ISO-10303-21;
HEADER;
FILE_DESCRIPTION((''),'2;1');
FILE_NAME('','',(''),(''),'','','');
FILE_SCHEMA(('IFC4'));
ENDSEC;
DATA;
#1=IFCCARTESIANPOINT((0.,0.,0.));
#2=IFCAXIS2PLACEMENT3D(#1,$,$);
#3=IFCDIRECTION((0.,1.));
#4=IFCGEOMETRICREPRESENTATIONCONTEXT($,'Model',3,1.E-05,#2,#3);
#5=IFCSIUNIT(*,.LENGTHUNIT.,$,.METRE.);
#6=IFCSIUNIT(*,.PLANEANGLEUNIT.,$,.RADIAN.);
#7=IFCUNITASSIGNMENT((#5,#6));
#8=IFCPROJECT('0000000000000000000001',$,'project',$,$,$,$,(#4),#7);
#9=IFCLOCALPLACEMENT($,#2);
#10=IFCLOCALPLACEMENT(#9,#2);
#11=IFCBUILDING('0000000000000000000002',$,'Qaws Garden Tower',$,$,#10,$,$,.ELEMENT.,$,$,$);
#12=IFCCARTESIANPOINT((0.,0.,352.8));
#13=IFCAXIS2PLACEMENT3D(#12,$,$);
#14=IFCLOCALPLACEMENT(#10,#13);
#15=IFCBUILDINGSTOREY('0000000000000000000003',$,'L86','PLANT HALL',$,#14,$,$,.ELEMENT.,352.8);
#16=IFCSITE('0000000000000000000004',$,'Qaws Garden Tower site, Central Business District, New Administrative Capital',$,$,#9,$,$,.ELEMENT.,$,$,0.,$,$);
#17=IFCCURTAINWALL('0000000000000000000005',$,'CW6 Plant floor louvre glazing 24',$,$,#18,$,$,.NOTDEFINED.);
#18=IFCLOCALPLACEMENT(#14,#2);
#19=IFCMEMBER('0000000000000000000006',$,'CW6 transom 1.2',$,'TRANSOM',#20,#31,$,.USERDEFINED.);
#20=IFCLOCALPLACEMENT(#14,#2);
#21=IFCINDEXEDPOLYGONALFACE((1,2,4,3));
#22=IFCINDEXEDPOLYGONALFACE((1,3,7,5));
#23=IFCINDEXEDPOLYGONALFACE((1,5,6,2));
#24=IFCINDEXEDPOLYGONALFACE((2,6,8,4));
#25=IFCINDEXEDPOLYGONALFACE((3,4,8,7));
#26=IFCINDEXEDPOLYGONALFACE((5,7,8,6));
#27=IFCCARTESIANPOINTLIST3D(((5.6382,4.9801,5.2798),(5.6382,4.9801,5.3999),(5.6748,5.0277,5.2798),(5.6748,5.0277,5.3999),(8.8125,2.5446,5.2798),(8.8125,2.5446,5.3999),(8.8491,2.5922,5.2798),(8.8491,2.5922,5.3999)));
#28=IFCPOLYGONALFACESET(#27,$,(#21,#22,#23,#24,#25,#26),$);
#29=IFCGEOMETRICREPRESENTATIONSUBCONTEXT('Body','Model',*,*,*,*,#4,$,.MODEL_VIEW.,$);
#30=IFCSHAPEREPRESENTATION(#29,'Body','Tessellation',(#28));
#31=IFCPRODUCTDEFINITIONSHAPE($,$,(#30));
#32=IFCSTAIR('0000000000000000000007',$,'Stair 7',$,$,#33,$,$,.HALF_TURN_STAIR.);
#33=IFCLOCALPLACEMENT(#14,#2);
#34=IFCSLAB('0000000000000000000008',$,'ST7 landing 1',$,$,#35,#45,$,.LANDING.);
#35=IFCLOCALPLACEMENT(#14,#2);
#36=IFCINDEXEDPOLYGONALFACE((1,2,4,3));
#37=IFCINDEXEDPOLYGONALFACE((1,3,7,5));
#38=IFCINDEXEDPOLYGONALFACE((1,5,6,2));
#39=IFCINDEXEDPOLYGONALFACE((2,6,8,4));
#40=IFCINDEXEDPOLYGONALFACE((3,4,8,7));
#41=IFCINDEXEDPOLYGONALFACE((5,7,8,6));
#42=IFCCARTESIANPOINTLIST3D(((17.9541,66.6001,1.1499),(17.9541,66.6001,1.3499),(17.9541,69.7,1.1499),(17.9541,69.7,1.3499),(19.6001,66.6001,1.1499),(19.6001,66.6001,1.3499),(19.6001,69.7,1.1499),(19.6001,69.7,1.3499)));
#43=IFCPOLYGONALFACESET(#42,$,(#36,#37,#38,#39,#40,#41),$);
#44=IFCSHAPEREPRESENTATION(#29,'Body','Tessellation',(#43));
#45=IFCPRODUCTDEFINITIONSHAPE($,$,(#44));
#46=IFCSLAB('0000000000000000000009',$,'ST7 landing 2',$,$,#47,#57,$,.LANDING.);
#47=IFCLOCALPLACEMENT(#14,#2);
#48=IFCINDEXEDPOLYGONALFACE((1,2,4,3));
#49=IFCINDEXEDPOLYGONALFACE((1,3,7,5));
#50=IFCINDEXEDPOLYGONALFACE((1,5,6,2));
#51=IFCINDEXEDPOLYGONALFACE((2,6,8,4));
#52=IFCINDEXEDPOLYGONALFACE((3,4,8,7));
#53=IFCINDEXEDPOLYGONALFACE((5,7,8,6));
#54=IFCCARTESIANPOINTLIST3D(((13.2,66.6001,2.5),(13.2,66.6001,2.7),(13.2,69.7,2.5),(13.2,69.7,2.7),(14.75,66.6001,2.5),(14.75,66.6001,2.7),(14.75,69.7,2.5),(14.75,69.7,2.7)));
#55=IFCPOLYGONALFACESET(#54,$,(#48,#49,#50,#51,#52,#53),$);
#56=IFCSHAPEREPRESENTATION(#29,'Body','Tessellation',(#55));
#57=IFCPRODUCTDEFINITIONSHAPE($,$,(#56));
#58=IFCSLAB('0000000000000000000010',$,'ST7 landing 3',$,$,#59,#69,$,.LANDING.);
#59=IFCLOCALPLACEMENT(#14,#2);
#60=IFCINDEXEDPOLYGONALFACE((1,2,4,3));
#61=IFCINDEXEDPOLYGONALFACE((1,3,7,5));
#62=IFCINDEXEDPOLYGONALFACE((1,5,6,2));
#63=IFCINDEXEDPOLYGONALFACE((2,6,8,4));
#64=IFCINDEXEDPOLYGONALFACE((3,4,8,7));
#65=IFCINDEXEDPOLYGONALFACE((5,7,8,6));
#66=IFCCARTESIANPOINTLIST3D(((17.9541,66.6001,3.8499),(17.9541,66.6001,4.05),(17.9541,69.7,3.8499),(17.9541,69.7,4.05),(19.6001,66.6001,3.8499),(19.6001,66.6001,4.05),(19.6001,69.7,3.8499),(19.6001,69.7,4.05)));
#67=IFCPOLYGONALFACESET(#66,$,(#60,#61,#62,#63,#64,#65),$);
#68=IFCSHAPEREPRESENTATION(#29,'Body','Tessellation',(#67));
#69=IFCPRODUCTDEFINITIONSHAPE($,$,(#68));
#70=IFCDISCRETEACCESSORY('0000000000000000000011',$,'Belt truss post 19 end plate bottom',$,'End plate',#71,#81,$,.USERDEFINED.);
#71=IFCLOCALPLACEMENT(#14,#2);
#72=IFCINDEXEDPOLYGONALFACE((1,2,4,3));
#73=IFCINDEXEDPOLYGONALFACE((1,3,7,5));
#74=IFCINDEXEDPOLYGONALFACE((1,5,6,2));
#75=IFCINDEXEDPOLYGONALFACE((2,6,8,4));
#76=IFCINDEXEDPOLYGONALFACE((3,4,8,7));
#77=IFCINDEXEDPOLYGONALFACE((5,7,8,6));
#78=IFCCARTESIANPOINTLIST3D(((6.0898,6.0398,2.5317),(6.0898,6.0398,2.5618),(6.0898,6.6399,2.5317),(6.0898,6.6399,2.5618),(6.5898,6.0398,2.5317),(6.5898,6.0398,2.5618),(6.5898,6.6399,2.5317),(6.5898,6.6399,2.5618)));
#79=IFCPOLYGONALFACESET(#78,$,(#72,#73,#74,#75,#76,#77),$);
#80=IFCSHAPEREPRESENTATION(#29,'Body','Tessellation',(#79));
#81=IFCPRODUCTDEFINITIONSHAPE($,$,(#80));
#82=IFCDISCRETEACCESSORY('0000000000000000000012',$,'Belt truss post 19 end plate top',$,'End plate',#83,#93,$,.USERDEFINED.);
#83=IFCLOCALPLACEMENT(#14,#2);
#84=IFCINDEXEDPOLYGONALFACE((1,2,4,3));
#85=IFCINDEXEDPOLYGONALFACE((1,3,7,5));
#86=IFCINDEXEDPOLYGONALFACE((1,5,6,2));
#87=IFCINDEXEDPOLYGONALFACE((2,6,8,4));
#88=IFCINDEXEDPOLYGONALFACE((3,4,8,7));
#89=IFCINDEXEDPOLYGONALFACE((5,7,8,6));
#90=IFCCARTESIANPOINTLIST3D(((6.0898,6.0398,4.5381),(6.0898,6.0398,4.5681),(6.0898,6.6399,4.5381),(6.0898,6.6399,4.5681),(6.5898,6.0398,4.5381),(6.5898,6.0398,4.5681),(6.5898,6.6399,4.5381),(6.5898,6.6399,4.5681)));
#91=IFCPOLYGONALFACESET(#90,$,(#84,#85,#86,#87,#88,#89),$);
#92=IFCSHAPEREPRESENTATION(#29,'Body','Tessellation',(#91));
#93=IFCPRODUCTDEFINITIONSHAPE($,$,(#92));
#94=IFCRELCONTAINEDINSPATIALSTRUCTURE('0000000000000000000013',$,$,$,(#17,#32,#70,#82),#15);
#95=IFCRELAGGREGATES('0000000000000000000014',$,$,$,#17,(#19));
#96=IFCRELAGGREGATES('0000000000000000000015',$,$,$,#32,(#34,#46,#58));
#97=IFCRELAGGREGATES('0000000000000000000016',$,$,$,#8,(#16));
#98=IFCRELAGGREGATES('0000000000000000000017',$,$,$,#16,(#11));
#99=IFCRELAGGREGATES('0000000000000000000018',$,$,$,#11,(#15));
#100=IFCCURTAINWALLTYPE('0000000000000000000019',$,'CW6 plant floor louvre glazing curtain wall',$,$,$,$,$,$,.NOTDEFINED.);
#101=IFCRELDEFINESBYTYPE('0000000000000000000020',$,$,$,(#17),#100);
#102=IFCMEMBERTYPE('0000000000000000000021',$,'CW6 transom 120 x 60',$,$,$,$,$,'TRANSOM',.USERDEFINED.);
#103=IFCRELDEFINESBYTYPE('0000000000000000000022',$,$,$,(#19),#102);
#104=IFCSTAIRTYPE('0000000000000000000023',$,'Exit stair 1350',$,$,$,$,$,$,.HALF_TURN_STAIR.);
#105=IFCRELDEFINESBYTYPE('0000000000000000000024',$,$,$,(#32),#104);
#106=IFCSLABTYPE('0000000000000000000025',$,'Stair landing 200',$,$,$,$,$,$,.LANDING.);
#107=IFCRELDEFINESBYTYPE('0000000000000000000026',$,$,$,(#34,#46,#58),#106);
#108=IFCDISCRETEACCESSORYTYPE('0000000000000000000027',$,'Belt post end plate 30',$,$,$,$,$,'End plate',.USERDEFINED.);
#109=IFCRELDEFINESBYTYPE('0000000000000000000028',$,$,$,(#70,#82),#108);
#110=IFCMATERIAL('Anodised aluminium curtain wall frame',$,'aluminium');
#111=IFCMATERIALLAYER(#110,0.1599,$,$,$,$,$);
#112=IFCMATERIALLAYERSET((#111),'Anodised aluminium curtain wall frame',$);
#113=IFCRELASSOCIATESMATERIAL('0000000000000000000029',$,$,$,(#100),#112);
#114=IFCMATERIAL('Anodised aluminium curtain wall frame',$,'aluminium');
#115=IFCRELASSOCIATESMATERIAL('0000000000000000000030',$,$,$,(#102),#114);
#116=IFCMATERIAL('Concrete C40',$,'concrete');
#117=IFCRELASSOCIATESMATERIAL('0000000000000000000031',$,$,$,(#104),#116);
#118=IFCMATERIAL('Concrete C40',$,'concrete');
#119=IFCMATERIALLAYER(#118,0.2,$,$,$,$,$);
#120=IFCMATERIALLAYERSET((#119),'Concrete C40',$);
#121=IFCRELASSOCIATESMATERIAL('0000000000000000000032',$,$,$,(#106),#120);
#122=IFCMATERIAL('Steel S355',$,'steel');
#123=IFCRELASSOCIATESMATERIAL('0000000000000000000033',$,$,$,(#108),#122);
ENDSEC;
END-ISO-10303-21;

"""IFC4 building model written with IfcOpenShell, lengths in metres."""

from ifc_helpers import new_model, si_unit, direction, frame, origin, origin_2d, place, context, subcontext, project, spatial, polyline, rectangle, outline, extrude, material, layer, layer_set, material_profile, profile_set, type_object, element, aggregate, save


model = new_model("IFC4")

# Units and contexts
model_context = context("Model", 3, precision=1e-05, world=origin(), true_north=direction((0.0, 1.0)))
body_context = subcontext(model_context, "Body", "Model", "MODEL_VIEW")
ifc_project = project(units=[si_unit("LENGTHUNIT", "METRE"), si_unit("PLANEANGLEUNIT", "RADIAN")], contexts=[model_context])

# Site, building, storey
site_placement = place(None, origin())
site = spatial("IfcSite", under=ifc_project, at=site_placement, Name="Qaws Garden Tower site, Central Business District, New Administrative Capital", CompositionType="ELEMENT", RefElevation=0.0)
building_placement = place(site_placement, origin())
building = spatial("IfcBuilding", under=site, at=building_placement, Name="Qaws Garden Tower", CompositionType="ELEMENT")
storey_placement = place(building_placement, frame((0.0, 0.0, 352.8)))
storey = spatial("IfcBuildingStorey", under=building, at=storey_placement, Name="L86", Description="PLANT HALL", CompositionType="ELEMENT", Elevation=352.8)

# Curtain wall
ifc_material_1 = material(Name="Anodised aluminium curtain wall frame", Category="aluminium")
ifc_layer_1 = layer(ifc_material_1, 0.1599)
ifc_layer_set_1 = layer_set([ifc_layer_1], Name="Anodised aluminium curtain wall frame")
curtain_wall_type = type_object("IfcCurtainWallType", Name="CW6 plant floor louvre glazing curtain wall", PredefinedType="NOTDEFINED", material=ifc_layer_set_1)
placement_1 = place(storey_placement, origin())
curtain_wall_1 = element("IfcCurtainWall", 1, at=placement_1, inside=storey, type_object=curtain_wall_type, Name="CW6 Plant floor louvre glazing 24", PredefinedType="NOTDEFINED")

# Member
ifc_material_2 = material(Name="Anodised aluminium curtain wall frame", Category="aluminium")
ifc_material_profile_1 = material_profile(ifc_material_2, rectangle(XDim=0.0601, YDim=0.1201, at=origin_2d()), Name="AL 60x120")
ifc_profile_set_1 = profile_set([ifc_material_profile_1], Name="Anodised aluminium curtain wall frame")
member_type_1 = type_object("IfcMemberType", Name="CW6 transom 120 x 60", ElementType="TRANSOM", PredefinedType="USERDEFINED", material=ifc_profile_set_1)
member_1_placement = place(storey_placement, frame((5.6565, 5.0039, 5.3398), z_axis=(0.793376, -0.608731, 0.0), x_axis=(0.608731, 0.793376, 0.0)))
member_1 = element("IfcMember", 2, at=member_1_placement, type_object=member_type_1, Name="CW6 transom 1.2", ObjectType="TRANSOM", PredefinedType="USERDEFINED", context=body_context, shape_type="SweptSolid", body=[
    extrude(rectangle(XDim=0.0601, YDim=0.1201, at=origin_2d()), origin(), (0.0, 0.0, 1.0), 4.001),
])

aggregate(curtain_wall_1, [member_1])

# Stair, slabs
ifc_material_3 = material(Name="Concrete C40", Category="concrete")
stair_type = type_object("IfcStairType", Name="Exit stair 1350", PredefinedType="HALF_TURN_STAIR", material=ifc_material_3)
stair = element("IfcStair", 3, at=placement_1, inside=storey, type_object=stair_type, Name="Stair 7", PredefinedType="HALF_TURN_STAIR")
ifc_material_4 = material(Name="Concrete C40", Category="concrete")
ifc_layer_2 = layer(ifc_material_4, 0.2)
ifc_layer_set_2 = layer_set([ifc_layer_2], Name="Concrete C40")
slab_type = type_object("IfcSlabType", Name="Stair landing 200", PredefinedType="LANDING", material=ifc_layer_set_2)
slab_1_placement = place(storey_placement, frame((0.0, 0.0, 1.1499)))
slab_1 = element("IfcSlab", 4, at=slab_1_placement, type_object=slab_type, Name="ST7 landing 1", PredefinedType="LANDING", context=body_context, shape_type="SweptSolid", body=[
    extrude(outline(polyline([(17.9541, 66.6001), (19.6001, 66.6001), (19.6001, 69.7), (17.9541, 69.7), (17.9541, 66.6001)])), origin(), (0.0, 0.0, 1.0), 0.2),
])
slab_2_placement = place(storey_placement, frame((0.0, 0.0, 2.5)))
slab_2 = element("IfcSlab", 5, at=slab_2_placement, type_object=slab_type, Name="ST7 landing 2", PredefinedType="LANDING", context=body_context, shape_type="SweptSolid", body=[
    extrude(outline(polyline([(13.2, 66.6001), (14.75, 66.6001), (14.75, 69.7), (13.2, 69.7), (13.2, 66.6001)])), origin(), (0.0, 0.0, 1.0), 0.2),
])
slab_3_placement = place(storey_placement, frame((0.0, 0.0, 3.8499)))
slab_3 = element("IfcSlab", 6, at=slab_3_placement, type_object=slab_type, Name="ST7 landing 3", PredefinedType="LANDING", context=body_context, shape_type="SweptSolid", body=[
    extrude(outline(polyline([(17.9541, 66.6001), (19.6001, 66.6001), (19.6001, 69.7), (17.9541, 69.7), (17.9541, 66.6001)])), origin(), (0.0, 0.0, 1.0), 0.2002),
])
aggregate(stair, [slab_1, slab_2, slab_3])

# Discrete accessories
ifc_material_5 = material(Name="Steel S355", Category="steel")
discrete_accessory_type = type_object("IfcDiscreteAccessoryType", Name="Belt post end plate 30", ElementType="End plate", PredefinedType="USERDEFINED", material=ifc_material_5)
for number, where, z_axis, x_axis, name in (
    (7, (6.3398, 6.3398, 2.5317), (0.0, 0.0, 1.0), (1.0, 0.0, 0.0), "Belt truss post 19 end plate bottom"),
    (8, (6.3398, 6.3398, 4.5381), (0.0, 0.0, 1.0), (1.0, 0.0, 0.0), "Belt truss post 19 end plate top"),
):
    element("IfcDiscreteAccessory", number, at=place(storey_placement, frame(where, z_axis=z_axis, x_axis=x_axis)), inside=storey, type_object=discrete_accessory_type, Name=name, ObjectType="End plate", PredefinedType="USERDEFINED", context=body_context, shape_type="SweptSolid", body=[
        extrude(rectangle(XDim=0.5, YDim=0.6001, at=origin_2d()), origin(), (0.0, 0.0, 1.0), 0.03),
    ])

save(model, "model.ifc")
